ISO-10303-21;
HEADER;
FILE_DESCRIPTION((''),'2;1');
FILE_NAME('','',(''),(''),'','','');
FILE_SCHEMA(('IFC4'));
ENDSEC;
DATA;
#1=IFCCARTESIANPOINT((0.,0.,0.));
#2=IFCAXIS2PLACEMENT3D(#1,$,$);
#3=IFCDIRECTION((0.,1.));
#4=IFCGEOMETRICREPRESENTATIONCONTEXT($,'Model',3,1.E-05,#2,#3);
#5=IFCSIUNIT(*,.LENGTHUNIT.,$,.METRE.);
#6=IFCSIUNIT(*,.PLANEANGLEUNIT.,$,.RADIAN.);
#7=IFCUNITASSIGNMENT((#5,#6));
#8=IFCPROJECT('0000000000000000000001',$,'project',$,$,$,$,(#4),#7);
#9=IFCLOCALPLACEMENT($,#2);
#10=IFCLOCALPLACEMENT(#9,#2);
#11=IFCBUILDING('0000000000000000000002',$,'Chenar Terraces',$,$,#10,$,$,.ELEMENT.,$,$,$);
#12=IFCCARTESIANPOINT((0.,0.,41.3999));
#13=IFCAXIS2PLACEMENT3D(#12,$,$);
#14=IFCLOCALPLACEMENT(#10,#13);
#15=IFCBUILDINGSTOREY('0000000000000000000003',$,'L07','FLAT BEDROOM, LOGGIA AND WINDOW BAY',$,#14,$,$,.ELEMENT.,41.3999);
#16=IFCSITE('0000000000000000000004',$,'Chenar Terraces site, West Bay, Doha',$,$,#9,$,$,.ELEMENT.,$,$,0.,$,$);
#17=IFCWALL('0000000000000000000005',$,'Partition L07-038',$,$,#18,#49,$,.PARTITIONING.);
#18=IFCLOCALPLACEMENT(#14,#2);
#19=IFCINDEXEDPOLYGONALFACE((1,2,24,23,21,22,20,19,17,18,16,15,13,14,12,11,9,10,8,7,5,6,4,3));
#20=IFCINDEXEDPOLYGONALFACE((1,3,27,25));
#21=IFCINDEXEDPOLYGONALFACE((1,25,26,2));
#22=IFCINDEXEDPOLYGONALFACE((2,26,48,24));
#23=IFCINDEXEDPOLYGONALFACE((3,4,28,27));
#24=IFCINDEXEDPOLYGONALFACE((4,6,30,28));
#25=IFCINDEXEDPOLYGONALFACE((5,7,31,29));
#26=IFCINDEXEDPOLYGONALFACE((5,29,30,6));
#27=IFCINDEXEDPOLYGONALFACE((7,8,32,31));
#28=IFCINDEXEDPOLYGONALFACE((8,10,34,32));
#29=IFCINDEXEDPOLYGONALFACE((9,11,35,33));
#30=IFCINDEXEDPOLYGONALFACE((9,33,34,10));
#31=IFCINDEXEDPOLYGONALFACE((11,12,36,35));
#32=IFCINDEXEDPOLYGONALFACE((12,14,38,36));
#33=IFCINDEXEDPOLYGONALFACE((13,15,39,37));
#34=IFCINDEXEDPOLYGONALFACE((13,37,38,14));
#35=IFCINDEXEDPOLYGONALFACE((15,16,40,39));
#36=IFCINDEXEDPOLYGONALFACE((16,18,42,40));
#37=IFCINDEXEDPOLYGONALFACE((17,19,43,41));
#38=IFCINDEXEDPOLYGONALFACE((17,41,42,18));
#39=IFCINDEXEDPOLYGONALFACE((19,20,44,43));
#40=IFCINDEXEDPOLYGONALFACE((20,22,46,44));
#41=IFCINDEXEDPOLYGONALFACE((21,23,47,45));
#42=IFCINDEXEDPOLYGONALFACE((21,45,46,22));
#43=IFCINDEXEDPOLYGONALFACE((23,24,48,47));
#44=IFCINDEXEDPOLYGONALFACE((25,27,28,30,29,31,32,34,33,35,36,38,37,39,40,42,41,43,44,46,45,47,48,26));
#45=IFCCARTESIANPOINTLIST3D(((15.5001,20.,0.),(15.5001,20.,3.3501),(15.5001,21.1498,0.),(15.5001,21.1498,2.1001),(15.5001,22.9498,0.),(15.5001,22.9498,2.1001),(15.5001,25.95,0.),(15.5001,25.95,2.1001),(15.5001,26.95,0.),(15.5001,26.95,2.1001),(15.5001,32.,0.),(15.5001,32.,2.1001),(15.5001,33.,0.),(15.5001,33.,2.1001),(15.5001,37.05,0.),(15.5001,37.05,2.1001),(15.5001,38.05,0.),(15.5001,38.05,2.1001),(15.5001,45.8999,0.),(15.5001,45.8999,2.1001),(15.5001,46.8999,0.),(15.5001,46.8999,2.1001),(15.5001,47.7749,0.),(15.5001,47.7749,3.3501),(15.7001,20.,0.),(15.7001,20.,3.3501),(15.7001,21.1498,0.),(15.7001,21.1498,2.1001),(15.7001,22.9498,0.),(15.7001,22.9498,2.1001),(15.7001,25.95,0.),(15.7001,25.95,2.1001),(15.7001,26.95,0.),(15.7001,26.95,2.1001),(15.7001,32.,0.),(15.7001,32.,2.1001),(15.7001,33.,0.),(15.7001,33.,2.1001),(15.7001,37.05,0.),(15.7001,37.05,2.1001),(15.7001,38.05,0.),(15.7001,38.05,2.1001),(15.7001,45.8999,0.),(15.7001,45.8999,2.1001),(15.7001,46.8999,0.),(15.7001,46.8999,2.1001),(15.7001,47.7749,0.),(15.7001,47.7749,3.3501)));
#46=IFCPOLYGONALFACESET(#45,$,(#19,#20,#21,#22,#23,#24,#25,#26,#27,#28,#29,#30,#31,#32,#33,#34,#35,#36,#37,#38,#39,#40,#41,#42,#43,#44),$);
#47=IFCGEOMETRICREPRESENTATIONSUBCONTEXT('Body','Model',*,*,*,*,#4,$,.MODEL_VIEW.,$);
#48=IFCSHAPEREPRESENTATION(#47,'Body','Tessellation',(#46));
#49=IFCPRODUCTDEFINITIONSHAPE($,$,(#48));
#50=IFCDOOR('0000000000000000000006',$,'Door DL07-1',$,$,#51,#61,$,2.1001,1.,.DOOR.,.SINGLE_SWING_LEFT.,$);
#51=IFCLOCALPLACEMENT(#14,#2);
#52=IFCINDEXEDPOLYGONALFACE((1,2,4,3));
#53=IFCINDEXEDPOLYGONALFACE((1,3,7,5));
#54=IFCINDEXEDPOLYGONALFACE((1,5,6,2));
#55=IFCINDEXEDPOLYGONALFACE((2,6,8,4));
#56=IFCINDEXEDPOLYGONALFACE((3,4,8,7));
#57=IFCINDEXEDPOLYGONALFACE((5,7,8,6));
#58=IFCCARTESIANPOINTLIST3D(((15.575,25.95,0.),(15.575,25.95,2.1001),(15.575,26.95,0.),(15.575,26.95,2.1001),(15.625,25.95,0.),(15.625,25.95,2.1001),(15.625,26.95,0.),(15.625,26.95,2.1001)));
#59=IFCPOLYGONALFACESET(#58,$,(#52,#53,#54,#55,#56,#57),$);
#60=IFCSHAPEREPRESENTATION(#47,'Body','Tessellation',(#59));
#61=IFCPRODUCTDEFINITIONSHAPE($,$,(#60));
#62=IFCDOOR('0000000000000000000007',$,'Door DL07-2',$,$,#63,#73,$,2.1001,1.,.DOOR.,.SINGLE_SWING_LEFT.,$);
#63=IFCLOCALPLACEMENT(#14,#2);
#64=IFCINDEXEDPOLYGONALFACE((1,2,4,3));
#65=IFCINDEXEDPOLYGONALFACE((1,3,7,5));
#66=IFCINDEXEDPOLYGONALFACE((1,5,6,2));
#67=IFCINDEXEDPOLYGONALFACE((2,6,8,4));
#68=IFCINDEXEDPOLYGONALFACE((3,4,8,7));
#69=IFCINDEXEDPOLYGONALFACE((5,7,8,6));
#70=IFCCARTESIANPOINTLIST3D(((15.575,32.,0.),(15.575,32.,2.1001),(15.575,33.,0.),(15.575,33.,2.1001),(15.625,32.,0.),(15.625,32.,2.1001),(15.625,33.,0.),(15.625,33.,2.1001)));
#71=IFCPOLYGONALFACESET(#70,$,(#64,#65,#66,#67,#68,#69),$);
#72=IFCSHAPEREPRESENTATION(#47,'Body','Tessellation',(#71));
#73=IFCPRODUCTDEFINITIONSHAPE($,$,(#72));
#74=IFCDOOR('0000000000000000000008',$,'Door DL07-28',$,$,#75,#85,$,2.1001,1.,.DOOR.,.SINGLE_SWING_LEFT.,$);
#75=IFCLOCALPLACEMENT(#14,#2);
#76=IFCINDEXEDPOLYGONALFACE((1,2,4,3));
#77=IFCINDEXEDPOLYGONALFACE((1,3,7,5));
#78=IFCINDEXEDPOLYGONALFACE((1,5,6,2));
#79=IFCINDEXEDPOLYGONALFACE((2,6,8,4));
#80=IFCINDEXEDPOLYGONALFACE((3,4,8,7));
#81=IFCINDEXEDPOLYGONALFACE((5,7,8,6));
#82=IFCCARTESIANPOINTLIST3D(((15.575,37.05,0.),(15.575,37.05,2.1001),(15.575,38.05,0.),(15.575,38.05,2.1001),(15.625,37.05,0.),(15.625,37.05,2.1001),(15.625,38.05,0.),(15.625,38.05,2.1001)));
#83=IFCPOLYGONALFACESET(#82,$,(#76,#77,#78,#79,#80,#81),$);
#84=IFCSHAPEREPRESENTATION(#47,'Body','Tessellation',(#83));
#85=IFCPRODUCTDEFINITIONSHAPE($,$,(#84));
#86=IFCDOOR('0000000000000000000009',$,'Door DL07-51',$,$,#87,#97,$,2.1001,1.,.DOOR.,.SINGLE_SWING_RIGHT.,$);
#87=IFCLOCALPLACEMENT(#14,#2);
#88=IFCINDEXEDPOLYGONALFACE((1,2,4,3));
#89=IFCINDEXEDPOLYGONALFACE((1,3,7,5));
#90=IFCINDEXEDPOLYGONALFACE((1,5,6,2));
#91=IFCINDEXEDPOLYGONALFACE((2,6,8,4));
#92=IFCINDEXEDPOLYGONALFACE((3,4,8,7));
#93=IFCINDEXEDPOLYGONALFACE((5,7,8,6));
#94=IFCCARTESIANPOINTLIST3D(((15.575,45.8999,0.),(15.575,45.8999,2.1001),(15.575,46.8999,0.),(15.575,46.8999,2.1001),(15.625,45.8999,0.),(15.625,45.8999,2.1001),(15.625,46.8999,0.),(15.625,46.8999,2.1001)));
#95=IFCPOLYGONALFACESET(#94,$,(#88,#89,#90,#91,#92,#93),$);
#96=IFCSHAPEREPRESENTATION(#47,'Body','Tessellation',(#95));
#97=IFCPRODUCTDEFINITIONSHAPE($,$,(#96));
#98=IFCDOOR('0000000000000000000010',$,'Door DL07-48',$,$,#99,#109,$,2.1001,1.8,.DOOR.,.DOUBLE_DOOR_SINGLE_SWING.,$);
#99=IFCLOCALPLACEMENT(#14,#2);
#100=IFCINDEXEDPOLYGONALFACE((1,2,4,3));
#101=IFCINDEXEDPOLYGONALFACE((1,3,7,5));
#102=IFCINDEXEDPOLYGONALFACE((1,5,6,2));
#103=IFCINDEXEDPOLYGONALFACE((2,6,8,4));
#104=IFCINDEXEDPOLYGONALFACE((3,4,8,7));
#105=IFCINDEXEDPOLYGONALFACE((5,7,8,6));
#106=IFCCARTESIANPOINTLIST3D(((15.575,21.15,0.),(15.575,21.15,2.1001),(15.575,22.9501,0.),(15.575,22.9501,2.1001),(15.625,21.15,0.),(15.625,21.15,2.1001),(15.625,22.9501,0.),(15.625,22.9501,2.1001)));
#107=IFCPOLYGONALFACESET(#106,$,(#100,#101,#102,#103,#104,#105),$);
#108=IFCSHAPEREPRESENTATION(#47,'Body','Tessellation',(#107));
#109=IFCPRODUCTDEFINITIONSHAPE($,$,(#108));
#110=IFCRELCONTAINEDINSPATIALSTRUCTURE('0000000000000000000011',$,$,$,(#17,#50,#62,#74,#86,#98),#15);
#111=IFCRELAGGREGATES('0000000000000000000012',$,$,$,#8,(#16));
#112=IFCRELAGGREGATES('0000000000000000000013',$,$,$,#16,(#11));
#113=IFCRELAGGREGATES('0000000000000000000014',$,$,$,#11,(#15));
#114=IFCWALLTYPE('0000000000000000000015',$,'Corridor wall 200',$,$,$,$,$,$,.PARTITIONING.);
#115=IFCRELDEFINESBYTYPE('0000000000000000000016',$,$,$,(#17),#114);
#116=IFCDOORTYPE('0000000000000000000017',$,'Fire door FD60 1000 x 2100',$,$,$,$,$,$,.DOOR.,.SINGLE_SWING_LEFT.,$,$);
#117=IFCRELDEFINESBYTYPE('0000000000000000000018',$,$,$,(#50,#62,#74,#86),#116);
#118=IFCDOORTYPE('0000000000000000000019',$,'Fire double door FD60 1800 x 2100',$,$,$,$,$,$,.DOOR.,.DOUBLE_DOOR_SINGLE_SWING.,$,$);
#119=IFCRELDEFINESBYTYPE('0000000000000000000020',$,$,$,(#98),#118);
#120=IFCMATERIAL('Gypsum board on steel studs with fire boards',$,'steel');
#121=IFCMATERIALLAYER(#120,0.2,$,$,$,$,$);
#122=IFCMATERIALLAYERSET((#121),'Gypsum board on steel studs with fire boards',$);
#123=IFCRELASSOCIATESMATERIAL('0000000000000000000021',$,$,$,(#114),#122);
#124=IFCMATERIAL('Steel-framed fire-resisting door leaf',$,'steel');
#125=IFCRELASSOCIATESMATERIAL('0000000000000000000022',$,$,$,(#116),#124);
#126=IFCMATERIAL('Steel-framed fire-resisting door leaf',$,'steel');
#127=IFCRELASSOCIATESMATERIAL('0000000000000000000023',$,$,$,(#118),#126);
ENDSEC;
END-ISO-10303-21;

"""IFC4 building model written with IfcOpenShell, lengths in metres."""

from ifc_helpers import new_model, si_unit, direction, frame, frame_2d, origin, place, context, subcontext, project, spatial, rectangle, extrude, material, layer, layer_set, type_object, element, fill, save


model = new_model("IFC4")

# Units and contexts
model_context = context("Model", 3, precision=1e-05, world=origin(), true_north=direction((0.0, 1.0)))
body_context = subcontext(model_context, "Body", "Model", "MODEL_VIEW")
ifc_project = project(units=[si_unit("LENGTHUNIT", "METRE"), si_unit("PLANEANGLEUNIT", "RADIAN")], contexts=[model_context])

# Site, building, storey
site_placement = place(None, origin())
site = spatial("IfcSite", under=ifc_project, at=site_placement, Name="Chenar Terraces site, West Bay, Doha", CompositionType="ELEMENT", RefElevation=0.0)
building_placement = place(site_placement, origin())
building = spatial("IfcBuilding", under=site, at=building_placement, Name="Chenar Terraces", CompositionType="ELEMENT")
storey_placement = place(building_placement, frame((0.0, 0.0, 41.3999)))
storey = spatial("IfcBuildingStorey", under=building, at=storey_placement, Name="L07", Description="FLAT BEDROOM, LOGGIA AND WINDOW BAY", CompositionType="ELEMENT", Elevation=41.3999)

# Wall, openings, doors
ifc_material_1 = material(Name="Gypsum board on steel studs with fire boards", Category="steel")
ifc_layer_1 = layer(ifc_material_1, 0.2)
ifc_layer_set_1 = layer_set([ifc_layer_1], Name="Gypsum board on steel studs with fire boards")
wall_type_1 = type_object("IfcWallType", Name="Corridor wall 200", PredefinedType="PARTITIONING", material=ifc_layer_set_1)
wall_1_placement = place(storey_placement, frame((15.6001, 20.0, 0.0), z_axis=(0.0, 0.0, 1.0), x_axis=(0.0, 1.0, 0.0)))
wall_1 = element("IfcWall", 1, at=wall_1_placement, inside=storey, type_object=wall_type_1, Name="Partition L07-038", PredefinedType="PARTITIONING", context=body_context, shape_type="SweptSolid", body=[
    extrude(rectangle(XDim=27.7749, YDim=0.2, at=frame_2d((13.8875, 0.0))), origin(), (0.0, 0.0, 1.0), 3.3501),
])
opening_1_placement = place(wall_1_placement, frame((5.95, 0.0, 0.0)))
opening_1 = element("IfcOpeningElement", 2, at=opening_1_placement, cuts=wall_1, PredefinedType="OPENING", context=body_context, shape_type="SweptSolid", body=[
    extrude(rectangle(XDim=1.0, YDim=2.1001, at=frame_2d((0.5, 1.05))), frame((0.0, 0.1099, 0.0), z_axis=(0.0, -1.0, 0.0), x_axis=(1.0, 0.0, 0.0)), (0.0, 0.0, 1.0), 0.22),
])
opening_2_placement = place(wall_1_placement, frame((12.0, 0.0, 0.0)))
opening_2 = element("IfcOpeningElement", 3, at=opening_2_placement, cuts=wall_1, PredefinedType="OPENING", context=body_context, shape_type="SweptSolid", body=[
    extrude(rectangle(XDim=1.0, YDim=2.1001, at=frame_2d((0.5, 1.05))), frame((0.0, 0.1099, 0.0), z_axis=(0.0, -1.0, 0.0), x_axis=(1.0, 0.0, 0.0)), (0.0, 0.0, 1.0), 0.22),
])
opening_3_placement = place(wall_1_placement, frame((17.05, 0.0, 0.0)))
opening_3 = element("IfcOpeningElement", 4, at=opening_3_placement, cuts=wall_1, PredefinedType="OPENING", context=body_context, shape_type="SweptSolid", body=[
    extrude(rectangle(XDim=1.0, YDim=2.1001, at=frame_2d((0.5, 1.05))), frame((0.0, 0.1099, 0.0), z_axis=(0.0, -1.0, 0.0), x_axis=(1.0, 0.0, 0.0)), (0.0, 0.0, 1.0), 0.22),
])
opening_4_placement = place(wall_1_placement, frame((1.1499, 0.0, 0.0)))
opening_4 = element("IfcOpeningElement", 5, at=opening_4_placement, cuts=wall_1, PredefinedType="OPENING", context=body_context, shape_type="SweptSolid", body=[
    extrude(rectangle(XDim=1.8, YDim=2.1001, at=frame_2d((0.8999, 1.05))), frame((0.0, 0.1099, 0.0), z_axis=(0.0, -1.0, 0.0), x_axis=(1.0, 0.0, 0.0)), (0.0, 0.0, 1.0), 0.22),
])
opening_5_placement = place(wall_1_placement, frame((25.8999, 0.0, 0.0)))
opening_5 = element("IfcOpeningElement", 6, at=opening_5_placement, cuts=wall_1, PredefinedType="OPENING", context=body_context, shape_type="SweptSolid", body=[
    extrude(rectangle(XDim=1.0, YDim=2.1001, at=frame_2d((0.5, 1.05))), frame((0.0, 0.1099, 0.0), z_axis=(0.0, -1.0, 0.0), x_axis=(1.0, 0.0, 0.0)), (0.0, 0.0, 1.0), 0.22),
])
ifc_material_2 = material(Name="Steel-framed fire-resisting door leaf", Category="steel")
door_type_1 = type_object("IfcDoorType", Name="Fire door FD60 1000 x 2100", OperationType="SINGLE_SWING_LEFT", PredefinedType="DOOR", material=ifc_material_2)
door_1_placement = place(opening_1_placement, frame((1.0, 0.0, 0.0), z_axis=(0.0, 0.0, 1.0), x_axis=(-1.0, 0.0, 0.0)))
door_1 = element("IfcDoor", 7, at=door_1_placement, inside=storey, type_object=door_type_1, Name="Door DL07-1", OperationType="SINGLE_SWING_LEFT", OverallHeight=2.1001, OverallWidth=1.0, PredefinedType="DOOR", context=body_context, shape_type="SweptSolid", body=[
    extrude(rectangle(XDim=1.0, YDim=2.1001, at=frame_2d((0.5, 1.05))), frame((0.0, 0.0249, 0.0), z_axis=(0.0, -1.0, 0.0), x_axis=(1.0, 0.0, 0.0)), (0.0, 0.0, 1.0), 0.05),
])
fill(opening_1, door_1)
door_2_placement = place(opening_2_placement, frame((1.0, 0.0, 0.0), z_axis=(0.0, 0.0, 1.0), x_axis=(-1.0, 0.0, 0.0)))
door_2 = element("IfcDoor", 8, at=door_2_placement, inside=storey, type_object=door_type_1, Name="Door DL07-2", OperationType="SINGLE_SWING_LEFT", OverallHeight=2.1001, OverallWidth=1.0, PredefinedType="DOOR", context=body_context, shape_type="SweptSolid", body=[
    extrude(rectangle(XDim=1.0, YDim=2.1001, at=frame_2d((0.5, 1.05))), frame((0.0, 0.0249, 0.0), z_axis=(0.0, -1.0, 0.0), x_axis=(1.0, 0.0, 0.0)), (0.0, 0.0, 1.0), 0.05),
])
fill(opening_2, door_2)
door_3_placement = place(opening_3_placement, frame((1.0, 0.0, 0.0), z_axis=(0.0, 0.0, 1.0), x_axis=(-1.0, 0.0, 0.0)))
door_3 = element("IfcDoor", 9, at=door_3_placement, inside=storey, type_object=door_type_1, Name="Door DL07-28", OperationType="SINGLE_SWING_LEFT", OverallHeight=2.1001, OverallWidth=1.0, PredefinedType="DOOR", context=body_context, shape_type="SweptSolid", body=[
    extrude(rectangle(XDim=1.0, YDim=2.1001, at=frame_2d((0.5, 1.05))), frame((0.0, 0.0249, 0.0), z_axis=(0.0, -1.0, 0.0), x_axis=(1.0, 0.0, 0.0)), (0.0, 0.0, 1.0), 0.05),
])
fill(opening_3, door_3)
door_4_placement = place(opening_5_placement, frame((1.0, 0.0, 0.0), z_axis=(0.0, 0.0, 1.0), x_axis=(-1.0, 0.0, 0.0)))
door_4 = element("IfcDoor", 10, at=door_4_placement, inside=storey, type_object=door_type_1, Name="Door DL07-51", OperationType="SINGLE_SWING_RIGHT", OverallHeight=2.1001, OverallWidth=1.0, PredefinedType="DOOR", context=body_context, shape_type="SweptSolid", body=[
    extrude(rectangle(XDim=1.0, YDim=2.1001, at=frame_2d((0.5, 1.05))), frame((0.0, 0.0249, 0.0), z_axis=(0.0, -1.0, 0.0), x_axis=(1.0, 0.0, 0.0)), (0.0, 0.0, 1.0), 0.05),
])
fill(opening_5, door_4)
ifc_material_3 = material(Name="Steel-framed fire-resisting door leaf", Category="steel")
door_type_2 = type_object("IfcDoorType", Name="Fire double door FD60 1800 x 2100", OperationType="DOUBLE_DOOR_SINGLE_SWING", PredefinedType="DOOR", material=ifc_material_3)
door_5_placement = place(opening_4_placement, frame((1.8, 0.0, 0.0), z_axis=(0.0, 0.0, 1.0), x_axis=(-1.0, 0.0, 0.0)))
door_5 = element("IfcDoor", 11, at=door_5_placement, inside=storey, type_object=door_type_2, Name="Door DL07-48", OperationType="DOUBLE_DOOR_SINGLE_SWING", OverallHeight=2.1001, OverallWidth=1.8, PredefinedType="DOOR", context=body_context, shape_type="SweptSolid", body=[
    extrude(rectangle(XDim=1.8, YDim=2.1001, at=frame_2d((0.8999, 1.05))), frame((0.0, 0.0249, 0.0), z_axis=(0.0, -1.0, 0.0), x_axis=(1.0, 0.0, 0.0)), (0.0, 0.0, 1.0), 0.05),
])
fill(opening_4, door_5)

save(model, "model.ifc")
